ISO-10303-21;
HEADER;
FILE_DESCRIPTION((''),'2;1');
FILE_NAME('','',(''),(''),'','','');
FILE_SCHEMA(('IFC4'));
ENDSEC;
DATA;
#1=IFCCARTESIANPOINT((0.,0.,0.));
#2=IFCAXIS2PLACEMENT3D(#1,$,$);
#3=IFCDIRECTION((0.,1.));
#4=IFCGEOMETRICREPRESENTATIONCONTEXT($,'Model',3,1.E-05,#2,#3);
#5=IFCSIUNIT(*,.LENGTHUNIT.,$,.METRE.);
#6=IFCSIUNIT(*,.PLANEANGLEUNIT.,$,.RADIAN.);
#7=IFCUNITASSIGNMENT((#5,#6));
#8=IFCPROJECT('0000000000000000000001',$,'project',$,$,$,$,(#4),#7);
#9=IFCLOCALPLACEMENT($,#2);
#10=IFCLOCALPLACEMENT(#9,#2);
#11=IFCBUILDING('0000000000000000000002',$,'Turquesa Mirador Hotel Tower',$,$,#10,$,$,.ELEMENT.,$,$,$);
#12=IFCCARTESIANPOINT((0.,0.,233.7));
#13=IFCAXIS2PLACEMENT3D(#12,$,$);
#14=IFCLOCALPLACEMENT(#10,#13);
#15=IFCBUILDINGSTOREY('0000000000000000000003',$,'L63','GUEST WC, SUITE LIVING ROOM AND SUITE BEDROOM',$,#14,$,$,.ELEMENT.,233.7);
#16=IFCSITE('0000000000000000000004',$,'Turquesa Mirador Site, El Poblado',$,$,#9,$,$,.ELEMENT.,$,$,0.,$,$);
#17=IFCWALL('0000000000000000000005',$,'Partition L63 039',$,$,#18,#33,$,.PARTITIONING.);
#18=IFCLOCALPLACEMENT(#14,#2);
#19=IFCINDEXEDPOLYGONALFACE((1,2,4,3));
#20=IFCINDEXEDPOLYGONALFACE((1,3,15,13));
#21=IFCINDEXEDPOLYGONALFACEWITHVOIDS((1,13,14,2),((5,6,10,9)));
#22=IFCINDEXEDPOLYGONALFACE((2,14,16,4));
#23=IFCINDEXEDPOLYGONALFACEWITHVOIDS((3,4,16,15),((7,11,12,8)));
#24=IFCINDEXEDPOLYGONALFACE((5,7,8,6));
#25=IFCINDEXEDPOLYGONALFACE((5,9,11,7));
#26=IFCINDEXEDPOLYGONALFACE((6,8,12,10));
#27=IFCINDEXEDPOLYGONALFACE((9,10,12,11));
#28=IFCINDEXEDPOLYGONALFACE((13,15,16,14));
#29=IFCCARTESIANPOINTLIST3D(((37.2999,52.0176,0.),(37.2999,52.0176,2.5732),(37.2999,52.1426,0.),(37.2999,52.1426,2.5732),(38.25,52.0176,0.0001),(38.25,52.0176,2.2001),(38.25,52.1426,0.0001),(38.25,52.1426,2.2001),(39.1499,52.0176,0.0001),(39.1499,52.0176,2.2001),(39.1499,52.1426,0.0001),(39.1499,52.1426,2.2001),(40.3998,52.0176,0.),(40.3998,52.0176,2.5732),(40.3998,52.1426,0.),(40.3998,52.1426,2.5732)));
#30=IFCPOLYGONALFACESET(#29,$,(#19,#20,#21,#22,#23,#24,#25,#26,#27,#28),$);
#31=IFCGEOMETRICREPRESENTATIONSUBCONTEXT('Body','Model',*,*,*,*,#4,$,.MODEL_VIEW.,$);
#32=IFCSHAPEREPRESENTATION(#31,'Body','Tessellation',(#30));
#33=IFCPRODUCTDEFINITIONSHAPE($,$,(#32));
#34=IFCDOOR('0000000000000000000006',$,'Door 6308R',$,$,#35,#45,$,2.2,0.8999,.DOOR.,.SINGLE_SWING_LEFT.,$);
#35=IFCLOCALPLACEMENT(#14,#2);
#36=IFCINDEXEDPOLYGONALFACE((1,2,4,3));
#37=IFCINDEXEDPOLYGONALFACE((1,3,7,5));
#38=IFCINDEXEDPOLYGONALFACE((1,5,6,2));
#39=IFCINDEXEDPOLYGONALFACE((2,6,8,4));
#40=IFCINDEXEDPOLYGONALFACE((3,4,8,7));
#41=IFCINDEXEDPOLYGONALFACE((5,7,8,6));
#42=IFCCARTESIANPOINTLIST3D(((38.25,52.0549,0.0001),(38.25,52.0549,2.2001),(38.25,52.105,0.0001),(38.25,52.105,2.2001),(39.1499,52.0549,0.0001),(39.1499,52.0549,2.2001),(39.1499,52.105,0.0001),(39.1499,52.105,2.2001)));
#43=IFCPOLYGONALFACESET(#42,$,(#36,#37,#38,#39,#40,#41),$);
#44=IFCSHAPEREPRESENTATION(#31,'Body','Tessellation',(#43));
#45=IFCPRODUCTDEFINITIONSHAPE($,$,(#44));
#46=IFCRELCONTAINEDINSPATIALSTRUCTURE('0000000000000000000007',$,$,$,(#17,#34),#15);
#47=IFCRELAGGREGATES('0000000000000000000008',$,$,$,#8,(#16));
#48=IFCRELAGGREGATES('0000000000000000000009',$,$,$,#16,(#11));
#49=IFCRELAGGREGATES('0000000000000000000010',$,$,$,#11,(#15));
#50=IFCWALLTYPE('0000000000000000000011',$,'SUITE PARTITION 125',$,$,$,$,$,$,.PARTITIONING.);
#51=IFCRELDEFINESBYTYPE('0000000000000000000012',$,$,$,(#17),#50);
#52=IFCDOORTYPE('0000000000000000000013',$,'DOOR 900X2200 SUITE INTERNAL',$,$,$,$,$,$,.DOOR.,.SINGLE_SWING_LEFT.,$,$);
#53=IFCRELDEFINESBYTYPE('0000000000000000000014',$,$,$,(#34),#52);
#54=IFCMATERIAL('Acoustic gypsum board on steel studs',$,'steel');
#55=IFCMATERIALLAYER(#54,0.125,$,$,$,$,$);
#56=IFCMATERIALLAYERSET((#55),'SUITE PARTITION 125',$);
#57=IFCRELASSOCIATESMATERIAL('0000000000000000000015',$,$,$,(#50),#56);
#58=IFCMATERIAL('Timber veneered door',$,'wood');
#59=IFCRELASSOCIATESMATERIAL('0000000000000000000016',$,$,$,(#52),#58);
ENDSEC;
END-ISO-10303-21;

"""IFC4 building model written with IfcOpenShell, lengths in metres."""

from ifc_helpers import new_model, si_unit, direction, frame, frame_2d, origin, place, context, subcontext, project, spatial, rectangle, extrude, material, layer, layer_set, type_object, element, fill, save


model = new_model("IFC4")

# Units and contexts
model_context = context("Model", 3, precision=1e-05, world=origin(), true_north=direction((0.0, 1.0)))
body_context = subcontext(model_context, "Body", "Model", "MODEL_VIEW")
ifc_project = project(units=[si_unit("LENGTHUNIT", "METRE"), si_unit("PLANEANGLEUNIT", "RADIAN")], contexts=[model_context])

# Site, building, storey
site_placement = place(None, origin())
site = spatial("IfcSite", under=ifc_project, at=site_placement, Name="Turquesa Mirador Site, El Poblado", CompositionType="ELEMENT", RefElevation=0.0)
building_placement = place(site_placement, origin())
building = spatial("IfcBuilding", under=site, at=building_placement, Name="Turquesa Mirador Hotel Tower", CompositionType="ELEMENT")
storey_placement = place(building_placement, frame((0.0, 0.0, 233.7)))
storey = spatial("IfcBuildingStorey", under=building, at=storey_placement, Name="L63", Description="GUEST WC, SUITE LIVING ROOM AND SUITE BEDROOM", CompositionType="ELEMENT", Elevation=233.7)

# Wall, opening, door
ifc_material_1 = material(Name="Acoustic gypsum board on steel studs", Category="steel")
ifc_layer_1 = layer(ifc_material_1, 0.125)
ifc_layer_set_1 = layer_set([ifc_layer_1], Name="SUITE PARTITION 125")
wall_type_1 = type_object("IfcWallType", Name="SUITE PARTITION 125", PredefinedType="PARTITIONING", material=ifc_layer_set_1)
wall_1_placement = place(storey_placement, frame((37.3, 52.0801, 0.0), z_axis=(0.0, 0.0, 1.0), x_axis=(1.0, 0.0, 0.0)))
wall_1 = element("IfcWall", 1, at=wall_1_placement, inside=storey, type_object=wall_type_1, Name="Partition L63 039", PredefinedType="PARTITIONING", context=body_context, shape_type="SweptSolid", body=[
    extrude(rectangle(XDim=3.0999, YDim=0.125, at=frame_2d((1.5498, 0.0))), origin(), (0.0, 0.0, 1.0), 2.5732),
])
opening_placement = place(wall_1_placement, frame((0.95, 0.0, 0.0)))
opening = element("IfcOpeningElement", 2, at=opening_placement, cuts=wall_1, PredefinedType="OPENING", context=body_context, shape_type="SweptSolid", body=[
    extrude(rectangle(XDim=0.8999, YDim=2.2, at=frame_2d((0.45, 1.1001))), frame((0.0, 0.0725, 0.0), z_axis=(0.0, -1.0, 0.0), x_axis=(1.0, 0.0, 0.0)), (0.0, 0.0, 1.0), 0.145),
])
ifc_material_2 = material(Name="Timber veneered door", Category="wood")
door_type = type_object("IfcDoorType", Name="DOOR 900X2200 SUITE INTERNAL", OperationType="SINGLE_SWING_LEFT", PredefinedType="DOOR", material=ifc_material_2)
door_placement = place(opening_placement, origin())
door = element("IfcDoor", 3, at=door_placement, inside=storey, type_object=door_type, Name="Door 6308R", OperationType="SINGLE_SWING_LEFT", OverallHeight=2.2, OverallWidth=0.8999, PredefinedType="DOOR", context=body_context, shape_type="SweptSolid", body=[
    extrude(rectangle(XDim=0.8999, YDim=2.2, at=frame_2d((0.45, 1.1001))), frame((0.0, 0.0249, 0.0), z_axis=(0.0, -1.0, 0.0), x_axis=(1.0, 0.0, 0.0)), (0.0, 0.0, 1.0), 0.05),
])
fill(opening, door)

save(model, "model.ifc")
